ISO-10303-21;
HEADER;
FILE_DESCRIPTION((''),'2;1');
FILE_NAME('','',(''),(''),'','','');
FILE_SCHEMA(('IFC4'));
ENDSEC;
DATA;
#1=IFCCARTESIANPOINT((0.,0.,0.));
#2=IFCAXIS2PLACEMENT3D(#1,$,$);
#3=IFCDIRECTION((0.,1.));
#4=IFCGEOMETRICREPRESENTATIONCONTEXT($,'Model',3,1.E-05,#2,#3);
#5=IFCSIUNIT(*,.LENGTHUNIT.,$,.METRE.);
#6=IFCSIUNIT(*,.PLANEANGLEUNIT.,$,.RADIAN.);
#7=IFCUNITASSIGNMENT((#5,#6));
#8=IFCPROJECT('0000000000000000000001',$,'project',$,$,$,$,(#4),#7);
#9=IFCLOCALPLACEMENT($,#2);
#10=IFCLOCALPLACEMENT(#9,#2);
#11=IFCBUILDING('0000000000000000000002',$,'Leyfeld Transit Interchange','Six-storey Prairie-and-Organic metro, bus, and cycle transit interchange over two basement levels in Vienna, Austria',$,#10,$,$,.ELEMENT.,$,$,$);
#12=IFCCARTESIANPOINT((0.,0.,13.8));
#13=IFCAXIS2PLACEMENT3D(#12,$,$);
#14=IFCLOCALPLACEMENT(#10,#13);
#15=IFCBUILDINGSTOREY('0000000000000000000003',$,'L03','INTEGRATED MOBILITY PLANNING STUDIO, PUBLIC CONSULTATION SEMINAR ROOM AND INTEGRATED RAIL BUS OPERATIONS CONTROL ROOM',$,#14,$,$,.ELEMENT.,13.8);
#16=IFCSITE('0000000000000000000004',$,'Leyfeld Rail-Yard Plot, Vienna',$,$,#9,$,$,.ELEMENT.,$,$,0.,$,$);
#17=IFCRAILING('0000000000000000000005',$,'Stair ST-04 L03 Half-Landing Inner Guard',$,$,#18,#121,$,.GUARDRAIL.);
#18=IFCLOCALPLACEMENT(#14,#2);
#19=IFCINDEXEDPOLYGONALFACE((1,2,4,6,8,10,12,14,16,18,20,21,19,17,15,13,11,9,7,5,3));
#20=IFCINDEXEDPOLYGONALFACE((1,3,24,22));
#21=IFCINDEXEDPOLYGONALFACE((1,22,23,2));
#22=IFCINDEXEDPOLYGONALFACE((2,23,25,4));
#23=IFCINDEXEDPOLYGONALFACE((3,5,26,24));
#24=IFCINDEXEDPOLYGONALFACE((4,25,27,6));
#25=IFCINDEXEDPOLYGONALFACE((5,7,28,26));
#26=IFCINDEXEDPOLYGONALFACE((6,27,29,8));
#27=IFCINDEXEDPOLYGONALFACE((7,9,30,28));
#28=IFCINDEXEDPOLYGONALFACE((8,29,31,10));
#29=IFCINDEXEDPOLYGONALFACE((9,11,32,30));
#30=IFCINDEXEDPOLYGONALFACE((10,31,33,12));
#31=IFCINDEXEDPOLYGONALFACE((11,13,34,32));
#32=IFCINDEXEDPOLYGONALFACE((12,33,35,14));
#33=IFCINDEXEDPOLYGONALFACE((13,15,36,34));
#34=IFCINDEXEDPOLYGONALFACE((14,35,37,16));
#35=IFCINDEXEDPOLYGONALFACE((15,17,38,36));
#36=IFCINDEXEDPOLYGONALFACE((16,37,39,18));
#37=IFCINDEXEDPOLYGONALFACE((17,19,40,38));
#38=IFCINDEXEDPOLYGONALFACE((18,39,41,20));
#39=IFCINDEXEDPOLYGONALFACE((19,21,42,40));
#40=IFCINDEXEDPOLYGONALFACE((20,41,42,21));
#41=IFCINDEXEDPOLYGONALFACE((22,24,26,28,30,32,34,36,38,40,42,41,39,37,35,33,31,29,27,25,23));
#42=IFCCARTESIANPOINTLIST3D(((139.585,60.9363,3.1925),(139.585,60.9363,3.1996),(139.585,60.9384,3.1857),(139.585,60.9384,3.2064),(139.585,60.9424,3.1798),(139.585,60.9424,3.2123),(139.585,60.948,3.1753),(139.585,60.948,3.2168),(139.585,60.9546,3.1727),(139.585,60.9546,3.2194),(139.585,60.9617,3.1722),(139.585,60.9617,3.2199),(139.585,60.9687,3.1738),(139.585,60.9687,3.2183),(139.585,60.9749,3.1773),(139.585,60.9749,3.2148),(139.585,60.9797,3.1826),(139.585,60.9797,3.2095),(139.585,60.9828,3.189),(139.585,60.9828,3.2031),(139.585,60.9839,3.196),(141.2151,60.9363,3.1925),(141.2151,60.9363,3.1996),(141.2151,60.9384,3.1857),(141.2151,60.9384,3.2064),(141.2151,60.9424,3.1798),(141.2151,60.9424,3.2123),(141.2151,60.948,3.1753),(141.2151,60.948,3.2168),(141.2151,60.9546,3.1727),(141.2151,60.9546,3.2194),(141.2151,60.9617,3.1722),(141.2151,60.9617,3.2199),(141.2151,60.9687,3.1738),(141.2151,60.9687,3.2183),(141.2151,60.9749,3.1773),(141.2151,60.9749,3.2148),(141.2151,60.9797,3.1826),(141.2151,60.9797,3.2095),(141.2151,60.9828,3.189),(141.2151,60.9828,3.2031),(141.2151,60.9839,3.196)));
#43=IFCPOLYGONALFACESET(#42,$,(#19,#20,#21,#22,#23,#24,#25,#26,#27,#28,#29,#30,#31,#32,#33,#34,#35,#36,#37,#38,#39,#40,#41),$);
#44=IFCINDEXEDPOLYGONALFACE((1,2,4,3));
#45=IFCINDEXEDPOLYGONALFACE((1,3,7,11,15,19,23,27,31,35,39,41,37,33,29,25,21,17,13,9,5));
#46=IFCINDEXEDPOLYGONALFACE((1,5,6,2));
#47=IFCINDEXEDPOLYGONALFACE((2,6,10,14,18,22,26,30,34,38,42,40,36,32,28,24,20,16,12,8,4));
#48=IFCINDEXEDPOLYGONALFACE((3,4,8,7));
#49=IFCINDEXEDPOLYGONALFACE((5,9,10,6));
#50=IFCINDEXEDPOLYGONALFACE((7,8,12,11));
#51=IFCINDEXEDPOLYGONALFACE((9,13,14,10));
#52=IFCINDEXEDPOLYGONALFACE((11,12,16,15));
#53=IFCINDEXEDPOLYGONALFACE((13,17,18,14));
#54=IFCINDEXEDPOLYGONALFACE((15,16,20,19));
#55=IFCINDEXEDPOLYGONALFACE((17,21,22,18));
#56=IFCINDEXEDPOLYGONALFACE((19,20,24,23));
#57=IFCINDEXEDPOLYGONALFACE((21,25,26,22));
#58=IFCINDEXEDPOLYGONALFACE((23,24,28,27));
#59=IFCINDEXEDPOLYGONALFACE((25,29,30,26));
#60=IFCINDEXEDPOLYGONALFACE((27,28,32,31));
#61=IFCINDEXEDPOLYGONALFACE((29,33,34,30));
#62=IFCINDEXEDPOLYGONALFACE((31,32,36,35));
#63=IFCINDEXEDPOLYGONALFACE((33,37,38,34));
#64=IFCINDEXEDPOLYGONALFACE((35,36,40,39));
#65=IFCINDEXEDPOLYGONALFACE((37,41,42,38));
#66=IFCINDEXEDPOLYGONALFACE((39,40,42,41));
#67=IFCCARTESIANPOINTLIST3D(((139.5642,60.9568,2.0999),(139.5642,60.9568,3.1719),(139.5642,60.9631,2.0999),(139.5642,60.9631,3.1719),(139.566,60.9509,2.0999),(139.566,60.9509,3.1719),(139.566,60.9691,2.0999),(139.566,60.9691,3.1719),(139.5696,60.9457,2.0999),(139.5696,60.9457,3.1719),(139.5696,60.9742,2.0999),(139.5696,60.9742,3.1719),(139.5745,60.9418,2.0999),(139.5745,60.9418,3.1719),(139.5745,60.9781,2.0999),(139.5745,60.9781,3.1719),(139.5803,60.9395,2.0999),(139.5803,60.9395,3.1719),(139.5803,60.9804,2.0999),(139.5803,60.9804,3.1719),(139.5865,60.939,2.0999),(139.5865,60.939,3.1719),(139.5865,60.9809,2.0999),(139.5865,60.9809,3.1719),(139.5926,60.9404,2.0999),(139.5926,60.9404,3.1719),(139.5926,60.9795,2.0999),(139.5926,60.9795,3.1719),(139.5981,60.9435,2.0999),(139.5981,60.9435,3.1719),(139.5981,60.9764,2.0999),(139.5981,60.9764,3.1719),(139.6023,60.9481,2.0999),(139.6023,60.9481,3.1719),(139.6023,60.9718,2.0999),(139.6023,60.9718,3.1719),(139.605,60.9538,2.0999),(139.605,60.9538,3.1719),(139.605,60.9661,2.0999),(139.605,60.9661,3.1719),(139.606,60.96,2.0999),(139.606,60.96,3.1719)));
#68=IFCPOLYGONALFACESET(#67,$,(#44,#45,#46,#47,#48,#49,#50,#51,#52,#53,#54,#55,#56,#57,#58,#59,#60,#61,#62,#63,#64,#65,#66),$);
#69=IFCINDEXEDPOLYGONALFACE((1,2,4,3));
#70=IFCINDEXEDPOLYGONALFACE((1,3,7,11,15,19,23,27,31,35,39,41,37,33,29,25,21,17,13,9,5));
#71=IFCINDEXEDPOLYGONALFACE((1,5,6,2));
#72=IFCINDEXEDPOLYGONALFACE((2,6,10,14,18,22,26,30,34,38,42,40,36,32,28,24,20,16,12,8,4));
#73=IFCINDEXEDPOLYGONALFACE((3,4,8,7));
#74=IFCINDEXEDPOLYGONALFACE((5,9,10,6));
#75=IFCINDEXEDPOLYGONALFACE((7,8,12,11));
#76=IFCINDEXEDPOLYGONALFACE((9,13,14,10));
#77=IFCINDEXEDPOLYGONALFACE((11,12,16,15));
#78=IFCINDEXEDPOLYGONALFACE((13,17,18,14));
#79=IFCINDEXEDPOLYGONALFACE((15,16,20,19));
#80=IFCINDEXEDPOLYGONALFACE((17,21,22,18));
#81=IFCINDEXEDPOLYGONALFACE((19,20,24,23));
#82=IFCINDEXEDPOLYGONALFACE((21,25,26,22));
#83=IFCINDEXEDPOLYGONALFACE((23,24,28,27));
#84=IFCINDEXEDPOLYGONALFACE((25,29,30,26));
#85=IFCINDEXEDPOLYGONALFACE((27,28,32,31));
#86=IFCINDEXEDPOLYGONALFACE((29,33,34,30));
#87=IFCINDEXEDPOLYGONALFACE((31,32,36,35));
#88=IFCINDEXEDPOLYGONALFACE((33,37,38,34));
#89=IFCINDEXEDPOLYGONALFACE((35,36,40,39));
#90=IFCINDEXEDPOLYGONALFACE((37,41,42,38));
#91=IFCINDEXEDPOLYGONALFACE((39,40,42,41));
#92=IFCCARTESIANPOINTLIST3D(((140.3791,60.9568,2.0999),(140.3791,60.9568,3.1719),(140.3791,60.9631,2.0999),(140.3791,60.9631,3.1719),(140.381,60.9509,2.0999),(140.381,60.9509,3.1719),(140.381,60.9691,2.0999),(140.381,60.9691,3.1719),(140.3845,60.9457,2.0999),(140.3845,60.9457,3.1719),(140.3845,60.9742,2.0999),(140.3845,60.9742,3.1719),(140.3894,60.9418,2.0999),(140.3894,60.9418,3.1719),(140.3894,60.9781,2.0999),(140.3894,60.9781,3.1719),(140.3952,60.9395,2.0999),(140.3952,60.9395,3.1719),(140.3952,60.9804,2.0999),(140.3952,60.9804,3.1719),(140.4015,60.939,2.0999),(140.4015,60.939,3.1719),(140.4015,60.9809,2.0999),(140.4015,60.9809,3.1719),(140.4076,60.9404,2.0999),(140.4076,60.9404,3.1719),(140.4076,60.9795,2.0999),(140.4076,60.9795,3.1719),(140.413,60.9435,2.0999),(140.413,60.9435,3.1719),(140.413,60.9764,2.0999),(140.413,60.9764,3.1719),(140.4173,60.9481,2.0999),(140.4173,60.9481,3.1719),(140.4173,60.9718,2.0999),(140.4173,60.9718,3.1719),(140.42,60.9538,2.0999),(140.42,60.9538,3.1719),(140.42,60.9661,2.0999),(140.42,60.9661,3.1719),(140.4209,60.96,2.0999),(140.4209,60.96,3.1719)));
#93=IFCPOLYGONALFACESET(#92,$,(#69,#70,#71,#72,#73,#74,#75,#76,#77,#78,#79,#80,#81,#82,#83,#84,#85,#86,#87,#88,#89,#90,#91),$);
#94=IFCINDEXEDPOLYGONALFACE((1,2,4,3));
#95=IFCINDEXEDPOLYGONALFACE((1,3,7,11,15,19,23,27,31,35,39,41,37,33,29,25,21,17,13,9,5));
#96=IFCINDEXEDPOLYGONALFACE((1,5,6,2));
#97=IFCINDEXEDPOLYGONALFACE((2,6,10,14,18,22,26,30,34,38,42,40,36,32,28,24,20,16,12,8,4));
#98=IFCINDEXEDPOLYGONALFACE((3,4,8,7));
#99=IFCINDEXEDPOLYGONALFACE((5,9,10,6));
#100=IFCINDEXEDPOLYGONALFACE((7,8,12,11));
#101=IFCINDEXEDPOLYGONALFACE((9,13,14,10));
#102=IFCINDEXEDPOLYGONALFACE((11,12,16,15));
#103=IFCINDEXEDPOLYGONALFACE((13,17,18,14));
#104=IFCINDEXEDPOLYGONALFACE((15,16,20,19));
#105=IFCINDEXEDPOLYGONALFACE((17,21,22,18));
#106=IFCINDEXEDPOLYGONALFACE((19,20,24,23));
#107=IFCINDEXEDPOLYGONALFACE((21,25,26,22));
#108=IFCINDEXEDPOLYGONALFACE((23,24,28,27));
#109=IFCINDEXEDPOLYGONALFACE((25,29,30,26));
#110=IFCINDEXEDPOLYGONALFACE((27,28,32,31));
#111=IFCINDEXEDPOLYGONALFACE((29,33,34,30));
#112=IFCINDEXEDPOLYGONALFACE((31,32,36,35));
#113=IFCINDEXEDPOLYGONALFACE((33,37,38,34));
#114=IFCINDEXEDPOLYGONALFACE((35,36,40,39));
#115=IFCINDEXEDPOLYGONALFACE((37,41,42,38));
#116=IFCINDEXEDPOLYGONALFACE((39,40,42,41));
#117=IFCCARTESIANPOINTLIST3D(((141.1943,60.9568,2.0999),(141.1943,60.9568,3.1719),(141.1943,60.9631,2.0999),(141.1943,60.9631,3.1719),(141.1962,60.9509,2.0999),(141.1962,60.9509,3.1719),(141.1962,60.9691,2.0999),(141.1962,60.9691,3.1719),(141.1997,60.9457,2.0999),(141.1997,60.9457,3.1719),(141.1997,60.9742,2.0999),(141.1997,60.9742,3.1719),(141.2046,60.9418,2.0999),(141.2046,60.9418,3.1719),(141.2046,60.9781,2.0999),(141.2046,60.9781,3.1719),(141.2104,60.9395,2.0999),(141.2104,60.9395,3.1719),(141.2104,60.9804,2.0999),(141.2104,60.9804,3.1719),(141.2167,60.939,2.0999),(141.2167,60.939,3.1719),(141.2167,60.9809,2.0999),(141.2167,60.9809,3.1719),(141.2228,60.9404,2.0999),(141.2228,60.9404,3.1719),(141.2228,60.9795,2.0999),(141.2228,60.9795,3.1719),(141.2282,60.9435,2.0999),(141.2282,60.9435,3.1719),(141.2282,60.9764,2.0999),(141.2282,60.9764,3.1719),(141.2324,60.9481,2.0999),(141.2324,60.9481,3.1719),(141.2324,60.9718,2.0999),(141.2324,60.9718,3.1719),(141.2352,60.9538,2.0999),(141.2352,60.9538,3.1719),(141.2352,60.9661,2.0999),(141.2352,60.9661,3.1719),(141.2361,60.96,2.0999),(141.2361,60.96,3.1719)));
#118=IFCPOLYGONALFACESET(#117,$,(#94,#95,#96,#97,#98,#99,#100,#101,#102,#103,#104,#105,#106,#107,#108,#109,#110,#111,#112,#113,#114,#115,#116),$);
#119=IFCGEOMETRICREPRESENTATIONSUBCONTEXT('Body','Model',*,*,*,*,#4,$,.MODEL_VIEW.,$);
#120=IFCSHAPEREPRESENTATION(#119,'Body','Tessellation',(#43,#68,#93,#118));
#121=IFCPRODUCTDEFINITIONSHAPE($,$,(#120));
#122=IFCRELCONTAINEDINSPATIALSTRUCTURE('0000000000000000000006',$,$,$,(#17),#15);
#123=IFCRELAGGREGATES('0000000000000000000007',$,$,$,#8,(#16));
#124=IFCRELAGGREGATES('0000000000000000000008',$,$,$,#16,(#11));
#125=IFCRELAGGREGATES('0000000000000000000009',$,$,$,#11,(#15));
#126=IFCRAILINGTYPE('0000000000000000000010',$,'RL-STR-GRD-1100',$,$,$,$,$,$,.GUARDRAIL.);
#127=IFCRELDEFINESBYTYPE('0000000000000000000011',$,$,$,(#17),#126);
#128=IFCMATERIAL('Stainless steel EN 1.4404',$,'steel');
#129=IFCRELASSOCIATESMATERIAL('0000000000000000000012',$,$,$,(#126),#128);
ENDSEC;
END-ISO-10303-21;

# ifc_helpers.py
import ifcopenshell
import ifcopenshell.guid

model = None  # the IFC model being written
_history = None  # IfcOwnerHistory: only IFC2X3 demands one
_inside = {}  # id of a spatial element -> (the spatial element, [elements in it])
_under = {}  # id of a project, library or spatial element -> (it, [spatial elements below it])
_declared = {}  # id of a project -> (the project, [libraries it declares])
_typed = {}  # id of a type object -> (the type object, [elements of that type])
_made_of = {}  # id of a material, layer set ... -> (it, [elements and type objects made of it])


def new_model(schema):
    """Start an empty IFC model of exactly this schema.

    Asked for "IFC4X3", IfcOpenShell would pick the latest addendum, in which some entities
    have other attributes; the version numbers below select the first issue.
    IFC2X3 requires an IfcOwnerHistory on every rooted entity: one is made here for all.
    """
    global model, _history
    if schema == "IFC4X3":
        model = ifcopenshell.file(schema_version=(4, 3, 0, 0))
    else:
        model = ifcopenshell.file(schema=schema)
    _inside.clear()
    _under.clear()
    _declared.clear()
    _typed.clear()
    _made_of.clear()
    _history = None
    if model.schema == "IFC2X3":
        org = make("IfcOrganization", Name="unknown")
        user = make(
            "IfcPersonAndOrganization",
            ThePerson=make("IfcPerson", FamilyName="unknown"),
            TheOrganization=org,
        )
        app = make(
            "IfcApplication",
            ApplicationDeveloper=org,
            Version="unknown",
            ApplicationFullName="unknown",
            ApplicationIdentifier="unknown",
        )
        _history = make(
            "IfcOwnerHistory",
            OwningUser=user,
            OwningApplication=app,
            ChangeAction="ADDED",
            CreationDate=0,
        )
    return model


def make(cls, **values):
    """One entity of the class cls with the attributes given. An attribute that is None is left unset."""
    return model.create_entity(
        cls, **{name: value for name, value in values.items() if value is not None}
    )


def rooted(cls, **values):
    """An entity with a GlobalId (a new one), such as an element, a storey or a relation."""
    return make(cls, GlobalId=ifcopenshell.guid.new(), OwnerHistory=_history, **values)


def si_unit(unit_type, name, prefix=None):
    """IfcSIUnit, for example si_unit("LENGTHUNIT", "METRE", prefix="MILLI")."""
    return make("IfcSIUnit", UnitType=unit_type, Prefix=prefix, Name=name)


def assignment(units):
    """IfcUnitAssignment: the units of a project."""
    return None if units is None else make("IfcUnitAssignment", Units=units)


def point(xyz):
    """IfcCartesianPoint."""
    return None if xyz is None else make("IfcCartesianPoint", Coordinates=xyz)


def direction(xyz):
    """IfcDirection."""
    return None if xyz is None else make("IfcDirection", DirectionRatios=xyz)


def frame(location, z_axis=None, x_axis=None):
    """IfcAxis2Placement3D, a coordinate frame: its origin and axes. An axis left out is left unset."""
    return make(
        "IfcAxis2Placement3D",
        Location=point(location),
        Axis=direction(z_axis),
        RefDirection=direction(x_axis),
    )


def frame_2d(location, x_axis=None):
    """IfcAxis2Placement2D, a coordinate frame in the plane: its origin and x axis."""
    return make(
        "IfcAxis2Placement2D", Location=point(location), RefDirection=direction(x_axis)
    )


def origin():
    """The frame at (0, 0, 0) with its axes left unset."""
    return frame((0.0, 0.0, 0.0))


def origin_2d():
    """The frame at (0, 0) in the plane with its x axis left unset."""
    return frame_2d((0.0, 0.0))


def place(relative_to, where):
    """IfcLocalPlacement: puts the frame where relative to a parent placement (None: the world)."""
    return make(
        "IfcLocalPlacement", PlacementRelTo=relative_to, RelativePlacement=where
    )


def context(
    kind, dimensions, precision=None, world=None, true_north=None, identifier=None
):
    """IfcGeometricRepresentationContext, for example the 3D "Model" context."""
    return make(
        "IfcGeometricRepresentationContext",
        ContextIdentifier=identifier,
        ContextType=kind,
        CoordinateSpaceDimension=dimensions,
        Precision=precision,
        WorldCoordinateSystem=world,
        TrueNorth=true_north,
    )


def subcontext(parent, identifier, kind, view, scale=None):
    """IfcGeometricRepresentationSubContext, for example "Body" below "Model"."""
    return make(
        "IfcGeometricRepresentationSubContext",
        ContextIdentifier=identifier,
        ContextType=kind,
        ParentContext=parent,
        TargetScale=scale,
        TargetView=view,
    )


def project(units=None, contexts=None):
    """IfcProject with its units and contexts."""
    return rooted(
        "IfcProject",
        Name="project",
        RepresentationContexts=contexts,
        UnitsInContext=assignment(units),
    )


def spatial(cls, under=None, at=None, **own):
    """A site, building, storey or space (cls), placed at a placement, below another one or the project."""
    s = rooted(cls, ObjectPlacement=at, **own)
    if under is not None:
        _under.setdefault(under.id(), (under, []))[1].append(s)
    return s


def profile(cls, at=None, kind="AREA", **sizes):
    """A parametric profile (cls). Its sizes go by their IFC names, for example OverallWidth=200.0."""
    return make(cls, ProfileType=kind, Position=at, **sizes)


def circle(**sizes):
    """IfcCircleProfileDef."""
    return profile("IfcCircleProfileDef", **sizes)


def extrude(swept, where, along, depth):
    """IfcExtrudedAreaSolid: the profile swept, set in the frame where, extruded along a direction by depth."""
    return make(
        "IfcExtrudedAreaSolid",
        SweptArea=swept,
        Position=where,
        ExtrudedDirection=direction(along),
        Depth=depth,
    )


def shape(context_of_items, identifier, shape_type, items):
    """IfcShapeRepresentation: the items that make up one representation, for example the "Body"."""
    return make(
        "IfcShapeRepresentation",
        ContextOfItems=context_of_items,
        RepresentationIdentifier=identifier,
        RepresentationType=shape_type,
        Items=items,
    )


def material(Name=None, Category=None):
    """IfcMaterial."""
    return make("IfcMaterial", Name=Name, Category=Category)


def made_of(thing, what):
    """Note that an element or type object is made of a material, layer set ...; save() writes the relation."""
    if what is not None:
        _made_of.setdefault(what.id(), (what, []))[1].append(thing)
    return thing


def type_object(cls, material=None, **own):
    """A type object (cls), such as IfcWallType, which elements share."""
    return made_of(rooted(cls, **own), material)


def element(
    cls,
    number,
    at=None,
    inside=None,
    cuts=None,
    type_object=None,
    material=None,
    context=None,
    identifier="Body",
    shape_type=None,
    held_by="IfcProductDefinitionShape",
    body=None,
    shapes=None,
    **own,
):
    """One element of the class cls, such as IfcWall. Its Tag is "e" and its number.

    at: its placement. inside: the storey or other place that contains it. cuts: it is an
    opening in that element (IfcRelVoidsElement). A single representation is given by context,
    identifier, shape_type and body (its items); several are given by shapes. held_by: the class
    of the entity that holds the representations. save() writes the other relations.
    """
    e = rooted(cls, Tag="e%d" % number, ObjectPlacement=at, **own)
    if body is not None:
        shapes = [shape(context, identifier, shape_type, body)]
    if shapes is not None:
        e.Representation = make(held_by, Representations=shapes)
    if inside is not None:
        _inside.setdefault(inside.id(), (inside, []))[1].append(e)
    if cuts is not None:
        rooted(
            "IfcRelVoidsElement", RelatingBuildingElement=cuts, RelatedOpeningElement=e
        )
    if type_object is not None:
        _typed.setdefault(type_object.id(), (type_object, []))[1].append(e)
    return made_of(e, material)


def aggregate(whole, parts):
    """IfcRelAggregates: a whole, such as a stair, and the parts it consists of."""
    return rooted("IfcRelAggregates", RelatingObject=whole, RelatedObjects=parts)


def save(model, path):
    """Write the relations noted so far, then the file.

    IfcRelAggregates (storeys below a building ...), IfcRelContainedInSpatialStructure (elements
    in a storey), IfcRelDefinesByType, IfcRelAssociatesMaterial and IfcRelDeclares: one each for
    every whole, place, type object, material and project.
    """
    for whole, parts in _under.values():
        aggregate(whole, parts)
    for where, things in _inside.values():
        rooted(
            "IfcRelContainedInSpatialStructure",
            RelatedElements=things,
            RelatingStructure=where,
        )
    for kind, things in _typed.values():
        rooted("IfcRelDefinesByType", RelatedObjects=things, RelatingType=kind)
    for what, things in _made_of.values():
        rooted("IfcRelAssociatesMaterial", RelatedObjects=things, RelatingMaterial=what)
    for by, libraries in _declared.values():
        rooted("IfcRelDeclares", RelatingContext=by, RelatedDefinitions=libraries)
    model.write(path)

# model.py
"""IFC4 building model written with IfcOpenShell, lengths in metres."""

from ifc_helpers import new_model, si_unit, direction, frame, origin, origin_2d, place, context, subcontext, project, spatial, circle, extrude, material, type_object, element, save


model = new_model("IFC4")

# Units and contexts
model_context = context("Model", 3, precision=1e-05, world=origin(), true_north=direction((0.0, 1.0)))
body_context = subcontext(model_context, "Body", "Model", "MODEL_VIEW")
ifc_project = project(units=[si_unit("LENGTHUNIT", "METRE"), si_unit("PLANEANGLEUNIT", "RADIAN")], contexts=[model_context])

# Site, building, storey
site_placement = place(None, origin())
site = spatial("IfcSite", under=ifc_project, at=site_placement, Name="Leyfeld Rail-Yard Plot, Vienna", CompositionType="ELEMENT", RefElevation=0.0)
building_placement = place(site_placement, origin())
building = spatial("IfcBuilding", under=site, at=building_placement, Name="Leyfeld Transit Interchange", Description="Six-storey Prairie-and-Organic metro, bus, and cycle transit interchange over two basement levels in Vienna, Austria", CompositionType="ELEMENT")
storey_placement = place(building_placement, frame((0.0, 0.0, 13.8)))
storey = spatial("IfcBuildingStorey", under=building, at=storey_placement, Name="L03", Description="INTEGRATED MOBILITY PLANNING STUDIO, PUBLIC CONSULTATION SEMINAR ROOM AND INTEGRATED RAIL BUS OPERATIONS CONTROL ROOM", CompositionType="ELEMENT", Elevation=13.8)

# Railing
ifc_material_1 = material(Name="Stainless steel EN 1.4404", Category="steel")
railing_type_1 = type_object("IfcRailingType", Name="RL-STR-GRD-1100", PredefinedType="GUARDRAIL", material=ifc_material_1)
railing_1_placement = place(storey_placement, frame((139.585, 60.96, 2.0999)))
element("IfcRailing", 1, at=railing_1_placement, inside=storey, type_object=railing_type_1, Name="Stair ST-04 L03 Half-Landing Inner Guard", PredefinedType="GUARDRAIL", context=body_context, shape_type="SweptSolid", body=[
    extrude(circle(Radius=0.0239, at=origin_2d()), frame((0.0, 0.0, 1.0962), z_axis=(1.0, 0.0, 0.0), x_axis=(0.0, 1.0, 0.0)), (0.0, 0.0, 1.0), 1.6301),
    extrude(circle(Radius=0.021, at=origin_2d()), origin(), (0.0, 0.0, 1.0), 1.072),
    extrude(circle(Radius=0.021, at=origin_2d()), frame((0.8149, 0.0, 0.0)), (0.0, 0.0, 1.0), 1.072),
    extrude(circle(Radius=0.021, at=origin_2d()), frame((1.6301, 0.0, 0.0)), (0.0, 0.0, 1.0), 1.072),
])

save(model, "model.ifc")
